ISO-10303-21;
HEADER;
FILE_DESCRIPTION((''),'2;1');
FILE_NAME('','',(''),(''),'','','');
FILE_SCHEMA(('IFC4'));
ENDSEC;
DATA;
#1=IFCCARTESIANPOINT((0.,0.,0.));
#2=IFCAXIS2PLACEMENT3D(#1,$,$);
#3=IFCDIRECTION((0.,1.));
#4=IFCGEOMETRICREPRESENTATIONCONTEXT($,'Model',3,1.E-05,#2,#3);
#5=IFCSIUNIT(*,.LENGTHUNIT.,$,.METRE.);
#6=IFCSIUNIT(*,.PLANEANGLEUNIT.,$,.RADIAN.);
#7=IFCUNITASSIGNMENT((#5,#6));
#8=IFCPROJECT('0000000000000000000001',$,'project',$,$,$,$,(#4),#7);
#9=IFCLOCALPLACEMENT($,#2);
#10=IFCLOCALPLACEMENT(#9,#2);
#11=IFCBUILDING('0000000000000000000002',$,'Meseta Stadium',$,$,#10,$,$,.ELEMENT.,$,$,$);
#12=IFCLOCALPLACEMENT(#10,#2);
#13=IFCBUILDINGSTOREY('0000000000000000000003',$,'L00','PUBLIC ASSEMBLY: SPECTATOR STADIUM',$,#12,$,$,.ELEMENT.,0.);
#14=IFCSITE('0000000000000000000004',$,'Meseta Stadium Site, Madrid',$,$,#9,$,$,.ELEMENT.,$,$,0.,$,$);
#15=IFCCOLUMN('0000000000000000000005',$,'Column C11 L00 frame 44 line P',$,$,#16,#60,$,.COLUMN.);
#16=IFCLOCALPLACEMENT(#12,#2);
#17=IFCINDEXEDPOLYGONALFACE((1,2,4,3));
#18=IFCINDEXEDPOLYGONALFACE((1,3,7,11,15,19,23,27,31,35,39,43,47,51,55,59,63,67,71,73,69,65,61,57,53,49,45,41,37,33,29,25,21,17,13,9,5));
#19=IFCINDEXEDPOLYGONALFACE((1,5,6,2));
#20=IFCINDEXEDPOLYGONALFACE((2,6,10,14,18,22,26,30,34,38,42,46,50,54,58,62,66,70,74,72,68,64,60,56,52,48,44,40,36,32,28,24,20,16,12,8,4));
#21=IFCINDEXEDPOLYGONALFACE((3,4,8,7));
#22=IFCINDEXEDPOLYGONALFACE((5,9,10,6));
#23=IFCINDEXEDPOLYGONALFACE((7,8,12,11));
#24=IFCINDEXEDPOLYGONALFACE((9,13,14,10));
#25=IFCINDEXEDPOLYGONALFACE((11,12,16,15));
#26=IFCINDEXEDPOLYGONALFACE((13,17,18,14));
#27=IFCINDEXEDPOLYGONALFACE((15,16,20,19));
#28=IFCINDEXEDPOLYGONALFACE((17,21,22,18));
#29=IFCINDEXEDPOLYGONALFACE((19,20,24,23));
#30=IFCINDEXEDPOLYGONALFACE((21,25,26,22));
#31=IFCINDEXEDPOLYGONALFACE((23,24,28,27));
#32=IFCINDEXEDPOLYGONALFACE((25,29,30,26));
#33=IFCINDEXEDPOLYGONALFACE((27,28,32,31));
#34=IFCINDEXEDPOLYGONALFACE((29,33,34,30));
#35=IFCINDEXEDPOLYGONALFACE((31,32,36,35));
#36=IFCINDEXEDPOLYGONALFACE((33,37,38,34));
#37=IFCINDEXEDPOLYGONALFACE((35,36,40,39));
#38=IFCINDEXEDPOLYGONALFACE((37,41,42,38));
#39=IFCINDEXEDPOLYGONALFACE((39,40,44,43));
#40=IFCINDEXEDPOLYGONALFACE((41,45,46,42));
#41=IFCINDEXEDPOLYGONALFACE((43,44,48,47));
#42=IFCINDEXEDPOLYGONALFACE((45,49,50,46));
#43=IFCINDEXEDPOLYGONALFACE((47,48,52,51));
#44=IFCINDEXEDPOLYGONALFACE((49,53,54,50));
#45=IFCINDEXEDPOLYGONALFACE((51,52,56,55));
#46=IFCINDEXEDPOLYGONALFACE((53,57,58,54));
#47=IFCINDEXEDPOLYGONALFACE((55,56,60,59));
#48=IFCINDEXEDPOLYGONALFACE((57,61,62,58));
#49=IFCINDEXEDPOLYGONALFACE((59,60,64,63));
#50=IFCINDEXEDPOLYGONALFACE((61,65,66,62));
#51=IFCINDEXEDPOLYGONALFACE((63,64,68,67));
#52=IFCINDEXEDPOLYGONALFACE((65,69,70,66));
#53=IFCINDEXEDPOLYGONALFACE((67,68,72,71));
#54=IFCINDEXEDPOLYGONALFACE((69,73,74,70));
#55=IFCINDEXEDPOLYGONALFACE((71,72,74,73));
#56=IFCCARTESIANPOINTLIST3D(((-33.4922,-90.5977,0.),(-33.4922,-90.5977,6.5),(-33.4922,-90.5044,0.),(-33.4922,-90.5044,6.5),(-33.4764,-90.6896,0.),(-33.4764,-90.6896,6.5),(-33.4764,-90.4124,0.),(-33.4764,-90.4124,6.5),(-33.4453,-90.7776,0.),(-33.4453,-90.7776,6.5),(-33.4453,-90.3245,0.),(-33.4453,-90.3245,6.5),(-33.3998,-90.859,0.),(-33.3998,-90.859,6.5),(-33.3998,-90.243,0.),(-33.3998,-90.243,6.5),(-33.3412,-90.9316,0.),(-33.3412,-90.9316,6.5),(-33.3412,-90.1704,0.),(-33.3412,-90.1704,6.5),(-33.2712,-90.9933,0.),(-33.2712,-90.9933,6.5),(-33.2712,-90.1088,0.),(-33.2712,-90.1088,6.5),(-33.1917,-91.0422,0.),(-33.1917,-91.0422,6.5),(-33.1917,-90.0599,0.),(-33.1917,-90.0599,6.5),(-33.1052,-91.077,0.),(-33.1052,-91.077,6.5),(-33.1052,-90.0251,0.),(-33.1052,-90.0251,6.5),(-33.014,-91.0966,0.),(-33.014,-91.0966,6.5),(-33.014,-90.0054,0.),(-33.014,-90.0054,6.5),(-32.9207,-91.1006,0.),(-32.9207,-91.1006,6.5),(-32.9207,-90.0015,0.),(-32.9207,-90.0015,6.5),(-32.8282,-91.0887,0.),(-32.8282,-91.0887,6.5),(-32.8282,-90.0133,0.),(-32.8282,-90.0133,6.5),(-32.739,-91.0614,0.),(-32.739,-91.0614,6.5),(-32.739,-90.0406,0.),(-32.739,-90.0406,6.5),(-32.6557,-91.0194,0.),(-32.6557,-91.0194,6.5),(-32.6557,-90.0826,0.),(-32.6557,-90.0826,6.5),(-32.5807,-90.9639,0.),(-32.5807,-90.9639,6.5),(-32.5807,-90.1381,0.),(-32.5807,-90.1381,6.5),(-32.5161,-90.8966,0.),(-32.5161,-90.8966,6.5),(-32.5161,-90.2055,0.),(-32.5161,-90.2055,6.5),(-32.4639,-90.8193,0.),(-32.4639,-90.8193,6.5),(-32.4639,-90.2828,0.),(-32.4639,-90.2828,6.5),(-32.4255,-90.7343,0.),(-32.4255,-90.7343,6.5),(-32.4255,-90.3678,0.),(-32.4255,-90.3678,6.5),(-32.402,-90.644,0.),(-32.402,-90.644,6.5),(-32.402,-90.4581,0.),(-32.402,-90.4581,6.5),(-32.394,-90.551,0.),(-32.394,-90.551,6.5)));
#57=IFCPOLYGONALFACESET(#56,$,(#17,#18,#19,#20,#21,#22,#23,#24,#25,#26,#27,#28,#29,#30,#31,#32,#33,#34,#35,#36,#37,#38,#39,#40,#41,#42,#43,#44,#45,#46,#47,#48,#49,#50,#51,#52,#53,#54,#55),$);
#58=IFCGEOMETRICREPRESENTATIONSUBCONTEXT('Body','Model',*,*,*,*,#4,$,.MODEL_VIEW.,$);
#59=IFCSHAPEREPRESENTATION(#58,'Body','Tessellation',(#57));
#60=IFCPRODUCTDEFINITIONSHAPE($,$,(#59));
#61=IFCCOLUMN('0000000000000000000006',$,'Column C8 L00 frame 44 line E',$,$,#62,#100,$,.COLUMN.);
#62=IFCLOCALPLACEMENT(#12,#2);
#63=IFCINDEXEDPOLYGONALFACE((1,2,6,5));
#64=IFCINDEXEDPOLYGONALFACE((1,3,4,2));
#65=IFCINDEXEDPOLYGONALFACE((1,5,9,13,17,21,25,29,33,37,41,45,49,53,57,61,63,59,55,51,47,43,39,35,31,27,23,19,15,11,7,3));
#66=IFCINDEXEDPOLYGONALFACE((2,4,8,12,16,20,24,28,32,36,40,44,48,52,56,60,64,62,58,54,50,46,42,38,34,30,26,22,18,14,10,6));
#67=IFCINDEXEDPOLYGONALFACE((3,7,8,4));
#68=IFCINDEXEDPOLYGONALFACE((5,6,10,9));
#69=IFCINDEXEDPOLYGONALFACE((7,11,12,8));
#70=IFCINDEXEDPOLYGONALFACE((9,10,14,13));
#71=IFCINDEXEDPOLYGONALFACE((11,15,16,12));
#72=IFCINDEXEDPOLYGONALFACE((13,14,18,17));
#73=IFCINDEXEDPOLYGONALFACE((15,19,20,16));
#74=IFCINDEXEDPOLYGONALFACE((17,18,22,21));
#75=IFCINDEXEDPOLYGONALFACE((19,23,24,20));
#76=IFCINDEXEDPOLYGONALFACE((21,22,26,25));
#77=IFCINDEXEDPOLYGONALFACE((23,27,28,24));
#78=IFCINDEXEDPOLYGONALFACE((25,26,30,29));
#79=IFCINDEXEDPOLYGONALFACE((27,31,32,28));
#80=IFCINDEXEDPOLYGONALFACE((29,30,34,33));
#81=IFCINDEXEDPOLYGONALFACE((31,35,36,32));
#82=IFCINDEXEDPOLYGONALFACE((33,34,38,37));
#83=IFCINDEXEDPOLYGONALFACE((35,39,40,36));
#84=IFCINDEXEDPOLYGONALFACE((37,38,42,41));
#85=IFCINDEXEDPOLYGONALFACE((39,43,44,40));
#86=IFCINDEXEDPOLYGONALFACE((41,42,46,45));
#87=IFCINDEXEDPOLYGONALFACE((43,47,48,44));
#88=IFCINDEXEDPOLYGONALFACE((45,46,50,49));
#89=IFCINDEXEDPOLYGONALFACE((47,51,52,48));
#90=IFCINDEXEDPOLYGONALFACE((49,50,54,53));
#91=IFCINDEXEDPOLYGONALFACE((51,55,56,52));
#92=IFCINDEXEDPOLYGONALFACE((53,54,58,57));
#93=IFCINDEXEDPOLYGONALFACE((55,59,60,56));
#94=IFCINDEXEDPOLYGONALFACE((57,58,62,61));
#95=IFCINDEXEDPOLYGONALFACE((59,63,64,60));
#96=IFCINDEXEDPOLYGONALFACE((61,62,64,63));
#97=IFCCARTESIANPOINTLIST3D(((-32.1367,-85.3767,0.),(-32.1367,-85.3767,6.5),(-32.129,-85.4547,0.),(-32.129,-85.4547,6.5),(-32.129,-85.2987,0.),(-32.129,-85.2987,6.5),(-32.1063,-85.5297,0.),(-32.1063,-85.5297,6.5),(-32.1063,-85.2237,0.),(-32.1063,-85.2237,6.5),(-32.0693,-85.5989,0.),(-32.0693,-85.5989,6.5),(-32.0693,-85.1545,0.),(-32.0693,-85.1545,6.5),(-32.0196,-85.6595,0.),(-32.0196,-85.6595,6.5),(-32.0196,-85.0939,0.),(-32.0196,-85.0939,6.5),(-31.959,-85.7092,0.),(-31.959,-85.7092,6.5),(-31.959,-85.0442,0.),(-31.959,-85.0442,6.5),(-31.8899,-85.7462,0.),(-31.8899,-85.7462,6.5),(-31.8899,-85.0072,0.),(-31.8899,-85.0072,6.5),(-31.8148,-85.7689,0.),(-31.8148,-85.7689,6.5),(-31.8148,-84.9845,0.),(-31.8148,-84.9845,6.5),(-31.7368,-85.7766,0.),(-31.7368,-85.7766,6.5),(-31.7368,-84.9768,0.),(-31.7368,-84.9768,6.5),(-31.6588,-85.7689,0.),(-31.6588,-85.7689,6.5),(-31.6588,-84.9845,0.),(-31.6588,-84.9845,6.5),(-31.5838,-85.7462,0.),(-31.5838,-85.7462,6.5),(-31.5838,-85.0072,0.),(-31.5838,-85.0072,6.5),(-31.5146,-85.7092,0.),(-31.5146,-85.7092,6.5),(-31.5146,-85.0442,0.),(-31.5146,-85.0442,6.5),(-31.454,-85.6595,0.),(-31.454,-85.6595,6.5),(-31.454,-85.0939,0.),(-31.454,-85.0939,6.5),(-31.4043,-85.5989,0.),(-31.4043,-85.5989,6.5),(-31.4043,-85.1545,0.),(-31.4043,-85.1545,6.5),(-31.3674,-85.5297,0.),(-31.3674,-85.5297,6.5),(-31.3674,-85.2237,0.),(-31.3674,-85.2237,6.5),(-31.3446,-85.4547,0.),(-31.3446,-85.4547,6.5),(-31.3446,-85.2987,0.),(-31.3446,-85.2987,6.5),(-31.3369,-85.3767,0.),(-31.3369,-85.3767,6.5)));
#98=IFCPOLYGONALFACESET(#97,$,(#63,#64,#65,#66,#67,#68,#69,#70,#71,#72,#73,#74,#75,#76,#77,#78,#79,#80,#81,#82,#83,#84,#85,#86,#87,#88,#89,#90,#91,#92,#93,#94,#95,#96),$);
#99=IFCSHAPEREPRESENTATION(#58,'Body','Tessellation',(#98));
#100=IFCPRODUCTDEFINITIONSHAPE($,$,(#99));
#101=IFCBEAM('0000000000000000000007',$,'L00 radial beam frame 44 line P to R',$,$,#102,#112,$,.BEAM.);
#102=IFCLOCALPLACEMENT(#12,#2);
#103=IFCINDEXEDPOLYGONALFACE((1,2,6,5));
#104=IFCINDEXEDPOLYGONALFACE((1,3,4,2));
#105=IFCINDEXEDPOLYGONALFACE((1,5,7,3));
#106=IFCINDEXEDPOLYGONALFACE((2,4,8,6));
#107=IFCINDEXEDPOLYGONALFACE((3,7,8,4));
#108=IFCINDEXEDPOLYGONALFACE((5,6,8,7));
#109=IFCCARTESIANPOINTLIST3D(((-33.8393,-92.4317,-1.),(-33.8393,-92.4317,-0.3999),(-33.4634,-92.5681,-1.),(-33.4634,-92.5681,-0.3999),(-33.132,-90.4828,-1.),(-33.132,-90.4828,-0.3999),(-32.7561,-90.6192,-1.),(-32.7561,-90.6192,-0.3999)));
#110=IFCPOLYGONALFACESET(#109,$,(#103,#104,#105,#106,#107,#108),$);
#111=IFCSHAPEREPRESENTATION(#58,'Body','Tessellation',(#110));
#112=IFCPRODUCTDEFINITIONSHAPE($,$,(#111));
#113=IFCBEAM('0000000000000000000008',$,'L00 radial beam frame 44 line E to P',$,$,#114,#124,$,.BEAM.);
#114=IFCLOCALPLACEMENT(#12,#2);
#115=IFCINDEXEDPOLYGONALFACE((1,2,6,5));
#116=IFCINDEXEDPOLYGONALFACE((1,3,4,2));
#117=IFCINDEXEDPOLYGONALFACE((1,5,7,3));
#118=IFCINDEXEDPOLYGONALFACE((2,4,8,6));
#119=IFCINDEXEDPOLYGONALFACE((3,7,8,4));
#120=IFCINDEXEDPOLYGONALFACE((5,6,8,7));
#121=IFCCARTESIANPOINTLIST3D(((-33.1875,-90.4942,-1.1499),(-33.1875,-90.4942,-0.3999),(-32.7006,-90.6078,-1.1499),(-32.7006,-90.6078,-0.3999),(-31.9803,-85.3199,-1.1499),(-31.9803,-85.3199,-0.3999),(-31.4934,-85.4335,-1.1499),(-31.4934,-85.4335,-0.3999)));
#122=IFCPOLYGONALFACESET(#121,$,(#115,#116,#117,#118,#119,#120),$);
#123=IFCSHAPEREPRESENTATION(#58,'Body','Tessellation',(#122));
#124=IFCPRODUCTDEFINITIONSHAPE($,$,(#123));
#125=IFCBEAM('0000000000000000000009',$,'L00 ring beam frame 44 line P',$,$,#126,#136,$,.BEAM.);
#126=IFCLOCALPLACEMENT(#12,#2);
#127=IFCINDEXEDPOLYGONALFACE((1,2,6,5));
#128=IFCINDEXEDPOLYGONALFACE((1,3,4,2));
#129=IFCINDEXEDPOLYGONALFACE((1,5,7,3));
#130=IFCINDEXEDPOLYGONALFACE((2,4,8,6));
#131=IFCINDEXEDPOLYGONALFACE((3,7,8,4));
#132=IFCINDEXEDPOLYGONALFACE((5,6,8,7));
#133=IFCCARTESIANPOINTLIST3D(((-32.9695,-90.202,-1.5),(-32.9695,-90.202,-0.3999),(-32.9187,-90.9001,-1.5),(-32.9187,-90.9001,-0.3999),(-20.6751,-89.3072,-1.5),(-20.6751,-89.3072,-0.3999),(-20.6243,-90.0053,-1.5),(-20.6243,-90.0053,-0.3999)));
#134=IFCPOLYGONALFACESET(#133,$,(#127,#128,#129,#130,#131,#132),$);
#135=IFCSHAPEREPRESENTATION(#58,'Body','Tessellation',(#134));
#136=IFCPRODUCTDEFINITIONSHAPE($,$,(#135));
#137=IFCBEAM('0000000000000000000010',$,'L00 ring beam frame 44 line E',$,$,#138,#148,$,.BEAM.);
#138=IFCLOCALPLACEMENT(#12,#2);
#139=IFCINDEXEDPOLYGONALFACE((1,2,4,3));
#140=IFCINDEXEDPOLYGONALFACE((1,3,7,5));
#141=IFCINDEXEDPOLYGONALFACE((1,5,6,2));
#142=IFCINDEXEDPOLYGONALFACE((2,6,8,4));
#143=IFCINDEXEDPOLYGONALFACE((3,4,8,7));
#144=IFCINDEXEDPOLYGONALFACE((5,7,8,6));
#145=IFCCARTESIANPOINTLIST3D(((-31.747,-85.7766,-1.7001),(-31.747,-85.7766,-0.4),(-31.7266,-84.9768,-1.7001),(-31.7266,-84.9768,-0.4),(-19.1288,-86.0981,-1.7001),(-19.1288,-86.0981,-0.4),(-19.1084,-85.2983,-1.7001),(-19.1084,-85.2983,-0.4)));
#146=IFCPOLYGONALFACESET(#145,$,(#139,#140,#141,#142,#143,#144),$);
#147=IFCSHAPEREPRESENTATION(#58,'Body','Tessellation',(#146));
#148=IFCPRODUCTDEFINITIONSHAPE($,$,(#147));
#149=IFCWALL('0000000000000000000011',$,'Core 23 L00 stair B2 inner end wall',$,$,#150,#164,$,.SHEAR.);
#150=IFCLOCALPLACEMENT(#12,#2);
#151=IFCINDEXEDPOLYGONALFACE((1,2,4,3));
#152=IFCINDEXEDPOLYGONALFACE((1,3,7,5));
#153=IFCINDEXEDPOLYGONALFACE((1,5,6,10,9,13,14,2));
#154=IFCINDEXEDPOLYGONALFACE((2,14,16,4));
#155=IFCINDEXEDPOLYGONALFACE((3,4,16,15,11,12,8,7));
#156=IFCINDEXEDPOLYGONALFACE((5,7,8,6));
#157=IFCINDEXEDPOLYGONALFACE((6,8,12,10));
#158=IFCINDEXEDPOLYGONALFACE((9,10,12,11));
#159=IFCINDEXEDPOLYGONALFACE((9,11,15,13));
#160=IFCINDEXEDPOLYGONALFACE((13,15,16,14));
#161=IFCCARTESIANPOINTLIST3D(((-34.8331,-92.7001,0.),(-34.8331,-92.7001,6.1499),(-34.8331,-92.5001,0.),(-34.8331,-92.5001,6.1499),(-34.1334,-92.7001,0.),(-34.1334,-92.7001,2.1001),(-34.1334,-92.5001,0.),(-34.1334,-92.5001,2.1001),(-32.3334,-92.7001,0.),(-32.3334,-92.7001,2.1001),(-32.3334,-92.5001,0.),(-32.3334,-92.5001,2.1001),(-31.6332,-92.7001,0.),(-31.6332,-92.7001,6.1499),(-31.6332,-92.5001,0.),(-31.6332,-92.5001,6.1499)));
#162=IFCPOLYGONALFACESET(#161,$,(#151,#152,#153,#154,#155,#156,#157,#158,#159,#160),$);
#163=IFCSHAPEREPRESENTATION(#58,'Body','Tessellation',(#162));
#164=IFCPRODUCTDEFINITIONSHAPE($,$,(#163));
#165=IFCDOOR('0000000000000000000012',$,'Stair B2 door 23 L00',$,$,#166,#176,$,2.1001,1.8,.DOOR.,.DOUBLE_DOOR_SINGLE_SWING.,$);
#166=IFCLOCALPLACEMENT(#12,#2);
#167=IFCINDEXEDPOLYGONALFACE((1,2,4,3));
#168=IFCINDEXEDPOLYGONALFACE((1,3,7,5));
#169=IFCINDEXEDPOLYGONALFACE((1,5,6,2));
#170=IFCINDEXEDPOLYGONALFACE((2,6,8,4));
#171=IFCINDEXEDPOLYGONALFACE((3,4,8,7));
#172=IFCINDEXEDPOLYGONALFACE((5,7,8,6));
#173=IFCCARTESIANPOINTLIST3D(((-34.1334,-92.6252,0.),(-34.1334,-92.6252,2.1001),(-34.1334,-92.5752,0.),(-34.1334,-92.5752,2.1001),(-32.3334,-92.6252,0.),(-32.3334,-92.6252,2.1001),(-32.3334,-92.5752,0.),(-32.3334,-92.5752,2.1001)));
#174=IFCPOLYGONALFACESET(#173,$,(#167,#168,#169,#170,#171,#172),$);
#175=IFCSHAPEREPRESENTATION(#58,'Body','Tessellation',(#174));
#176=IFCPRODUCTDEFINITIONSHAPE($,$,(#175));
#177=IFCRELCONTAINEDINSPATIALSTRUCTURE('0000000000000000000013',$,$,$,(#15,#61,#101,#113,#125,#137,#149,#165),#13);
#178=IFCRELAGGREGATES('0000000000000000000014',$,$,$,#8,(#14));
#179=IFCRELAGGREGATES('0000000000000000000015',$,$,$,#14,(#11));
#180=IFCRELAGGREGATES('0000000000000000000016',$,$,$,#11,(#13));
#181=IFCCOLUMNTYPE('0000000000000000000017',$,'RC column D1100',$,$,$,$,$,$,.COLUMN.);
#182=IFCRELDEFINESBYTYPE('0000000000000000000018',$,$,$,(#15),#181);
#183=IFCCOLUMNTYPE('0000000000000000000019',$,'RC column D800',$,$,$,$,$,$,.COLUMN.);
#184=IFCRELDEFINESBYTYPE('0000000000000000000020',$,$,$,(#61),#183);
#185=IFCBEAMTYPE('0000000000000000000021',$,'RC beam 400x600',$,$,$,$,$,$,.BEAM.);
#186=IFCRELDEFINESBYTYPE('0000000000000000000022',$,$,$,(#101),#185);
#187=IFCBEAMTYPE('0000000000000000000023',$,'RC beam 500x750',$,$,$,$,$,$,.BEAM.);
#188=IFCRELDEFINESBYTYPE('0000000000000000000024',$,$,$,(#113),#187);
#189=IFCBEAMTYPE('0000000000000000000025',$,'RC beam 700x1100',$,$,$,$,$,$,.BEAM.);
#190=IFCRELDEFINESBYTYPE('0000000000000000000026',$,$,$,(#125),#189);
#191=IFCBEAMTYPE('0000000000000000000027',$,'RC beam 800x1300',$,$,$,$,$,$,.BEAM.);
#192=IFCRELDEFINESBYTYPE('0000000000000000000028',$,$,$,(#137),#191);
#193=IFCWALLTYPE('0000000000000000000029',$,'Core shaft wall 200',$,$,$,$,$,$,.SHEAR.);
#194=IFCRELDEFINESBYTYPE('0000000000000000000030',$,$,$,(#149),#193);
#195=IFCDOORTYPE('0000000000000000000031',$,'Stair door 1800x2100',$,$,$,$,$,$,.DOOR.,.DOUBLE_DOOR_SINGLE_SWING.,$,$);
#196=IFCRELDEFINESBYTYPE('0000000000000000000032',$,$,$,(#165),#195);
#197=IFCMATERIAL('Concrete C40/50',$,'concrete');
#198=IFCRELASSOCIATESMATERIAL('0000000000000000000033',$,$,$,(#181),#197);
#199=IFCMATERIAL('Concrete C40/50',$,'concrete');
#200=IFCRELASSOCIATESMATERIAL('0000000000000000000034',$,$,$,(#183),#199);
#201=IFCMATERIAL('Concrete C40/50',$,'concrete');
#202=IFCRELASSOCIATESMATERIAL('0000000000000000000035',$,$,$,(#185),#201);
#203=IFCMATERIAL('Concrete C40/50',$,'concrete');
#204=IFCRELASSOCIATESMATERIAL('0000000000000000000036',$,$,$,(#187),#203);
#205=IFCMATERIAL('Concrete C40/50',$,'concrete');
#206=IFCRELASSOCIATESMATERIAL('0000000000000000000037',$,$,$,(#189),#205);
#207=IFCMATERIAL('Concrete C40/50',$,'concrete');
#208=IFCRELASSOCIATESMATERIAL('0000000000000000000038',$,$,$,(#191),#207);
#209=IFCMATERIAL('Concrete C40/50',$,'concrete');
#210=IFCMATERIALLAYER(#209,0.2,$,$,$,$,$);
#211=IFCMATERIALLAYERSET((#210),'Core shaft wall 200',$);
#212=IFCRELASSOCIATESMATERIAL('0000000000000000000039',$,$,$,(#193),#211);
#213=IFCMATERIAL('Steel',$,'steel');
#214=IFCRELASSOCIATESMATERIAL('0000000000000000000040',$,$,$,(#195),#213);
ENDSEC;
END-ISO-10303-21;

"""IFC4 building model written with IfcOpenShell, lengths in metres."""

from ifc_helpers import new_model, si_unit, direction, frame, frame_2d, origin, origin_2d, place, context, subcontext, project, spatial, rectangle, circle, extrude, material, layer, layer_set, material_profile, profile_set, type_object, element, fill, save


model = new_model("IFC4")

# Units and contexts
model_context = context("Model", 3, precision=1e-05, world=origin(), true_north=direction((0.0, 1.0)))
body_context = subcontext(model_context, "Body", "Model", "MODEL_VIEW")
ifc_project = project(units=[si_unit("LENGTHUNIT", "METRE"), si_unit("PLANEANGLEUNIT", "RADIAN")], contexts=[model_context])

# Site, building, storey
site_placement = place(None, origin())
site = spatial("IfcSite", under=ifc_project, at=site_placement, Name="Meseta Stadium Site, Madrid", CompositionType="ELEMENT", RefElevation=0.0)
building_placement = place(site_placement, origin())
building = spatial("IfcBuilding", under=site, at=building_placement, Name="Meseta Stadium", CompositionType="ELEMENT")
storey_placement = place(building_placement, origin())
storey = spatial("IfcBuildingStorey", under=building, at=storey_placement, Name="L00", Description="PUBLIC ASSEMBLY: SPECTATOR STADIUM", CompositionType="ELEMENT", Elevation=0.0)

# Columns
ifc_material_1 = material(Name="Concrete C40/50", Category="concrete")
ifc_material_profile_1 = material_profile(ifc_material_1, circle(Radius=0.55, at=origin_2d()), Name="RC D1100")
ifc_profile_set_1 = profile_set([ifc_material_profile_1], Name="Concrete C40/50")
column_type_1 = type_object("IfcColumnType", Name="RC column D1100", PredefinedType="COLUMN", material=ifc_profile_set_1)
column_1_placement = place(storey_placement, frame((-32.9441, -90.551, 0.0), z_axis=(0.0, 0.0, 1.0), x_axis=(1.0, 0.0, 0.0)))
element("IfcColumn", 1, at=column_1_placement, inside=storey, type_object=column_type_1, Name="Column C11 L00 frame 44 line P", PredefinedType="COLUMN", context=body_context, shape_type="SweptSolid", body=[
    extrude(circle(Radius=0.55, at=origin_2d()), origin(), (0.0, 0.0, 1.0), 6.5),
])
ifc_material_2 = material(Name="Concrete C40/50", Category="concrete")
ifc_material_profile_2 = material_profile(ifc_material_2, circle(Radius=0.3999, at=origin_2d()), Name="RC D800")
ifc_profile_set_2 = profile_set([ifc_material_profile_2], Name="Concrete C40/50")
column_type_2 = type_object("IfcColumnType", Name="RC column D800", PredefinedType="COLUMN", material=ifc_profile_set_2)
column_2_placement = place(storey_placement, frame((-31.7368, -85.3767, 0.0), z_axis=(0.0, 0.0, 1.0), x_axis=(1.0, 0.0, 0.0)))
element("IfcColumn", 2, at=column_2_placement, inside=storey, type_object=column_type_2, Name="Column C8 L00 frame 44 line E", PredefinedType="COLUMN", context=body_context, shape_type="SweptSolid", body=[
    extrude(circle(Radius=0.3999, at=origin_2d()), origin(), (0.0, 0.0, 1.0), 6.5),
])

# Beams
ifc_material_3 = material(Name="Concrete C40/50", Category="concrete")
ifc_material_profile_3 = material_profile(ifc_material_3, rectangle(XDim=0.3999, YDim=0.6001, at=origin_2d()), Name="RC 400x600")
ifc_profile_set_3 = profile_set([ifc_material_profile_3], Name="Concrete C40/50")
beam_type_1 = type_object("IfcBeamType", Name="RC beam 400x600", PredefinedType="BEAM", material=ifc_profile_set_3)
beam_1_placement = place(storey_placement, frame((-32.9441, -90.551, -0.7), z_axis=(-0.341128, -0.940017, 0.0), x_axis=(0.940017, -0.341128, 0.0)))
element("IfcBeam", 3, at=beam_1_placement, inside=storey, type_object=beam_type_1, Name="L00 radial beam frame 44 line P to R", PredefinedType="BEAM", context=body_context, shape_type="SweptSolid", body=[
    extrude(rectangle(XDim=0.3999, YDim=0.6001, at=origin_2d()), origin(), (0.0, 0.0, 1.0), 2.0732),
])
ifc_material_4 = material(Name="Concrete C40/50", Category="concrete")
ifc_material_profile_4 = material_profile(ifc_material_4, rectangle(XDim=0.5, YDim=0.75, at=origin_2d()), Name="RC 500x750")
ifc_profile_set_4 = profile_set([ifc_material_profile_4], Name="Concrete C40/50")
beam_type_2 = type_object("IfcBeamType", Name="RC beam 500x750", PredefinedType="BEAM", material=ifc_profile_set_4)
beam_2_placement = place(storey_placement, frame((-31.7368, -85.3767, -0.7749), z_axis=(-0.227218, -0.973844, 0.0), x_axis=(0.973844, -0.227218, 0.0)))
element("IfcBeam", 4, at=beam_2_placement, inside=storey, type_object=beam_type_2, Name="L00 radial beam frame 44 line E to P", PredefinedType="BEAM", context=body_context, shape_type="SweptSolid", body=[
    extrude(rectangle(XDim=0.5, YDim=0.75, at=origin_2d()), origin(), (0.0, 0.0, 1.0), 5.3132),
])
ifc_material_5 = material(Name="Concrete C40/50", Category="concrete")
ifc_material_profile_5 = material_profile(ifc_material_5, rectangle(XDim=0.7, YDim=1.1001, at=origin_2d()), Name="RC 700x1100")
ifc_profile_set_5 = profile_set([ifc_material_profile_5], Name="Concrete C40/50")
beam_type_3 = type_object("IfcBeamType", Name="RC beam 700x1100", PredefinedType="BEAM", material=ifc_profile_set_5)
beam_3_placement = place(storey_placement, frame((-32.9441, -90.551, -0.95), z_axis=(0.997362, 0.072587, 0.0), x_axis=(-0.072587, 0.997362, 0.0)))
element("IfcBeam", 5, at=beam_3_placement, inside=storey, type_object=beam_type_3, Name="L00 ring beam frame 44 line P", PredefinedType="BEAM", context=body_context, shape_type="SweptSolid", body=[
    extrude(rectangle(XDim=0.7, YDim=1.1001, at=origin_2d()), origin(), (0.0, 0.0, 1.0), 12.3269),
])
ifc_material_6 = material(Name="Concrete C40/50", Category="concrete")
ifc_material_profile_6 = material_profile(ifc_material_6, rectangle(XDim=0.8, YDim=1.3, at=origin_2d()), Name="RC 800x1300")
ifc_profile_set_6 = profile_set([ifc_material_profile_6], Name="Concrete C40/50")
beam_type_4 = type_object("IfcBeamType", Name="RC beam 800x1300", PredefinedType="BEAM", material=ifc_profile_set_6)
beam_4_placement = place(storey_placement, frame((-31.7368, -85.3767, -1.05), z_axis=(0.999675, -0.025474, 0.0), x_axis=(0.025474, 0.999675, 0.0)))
element("IfcBeam", 6, at=beam_4_placement, inside=storey, type_object=beam_type_4, Name="L00 ring beam frame 44 line E", PredefinedType="BEAM", context=body_context, shape_type="SweptSolid", body=[
    extrude(rectangle(XDim=0.8, YDim=1.3, at=origin_2d()), origin(), (0.0, 0.0, 1.0), 12.6223),
])

# Wall, opening, door
ifc_material_7 = material(Name="Concrete C40/50", Category="concrete")
ifc_layer_1 = layer(ifc_material_7, 0.2)
ifc_layer_set_1 = layer_set([ifc_layer_1], Name="Core shaft wall 200")
wall_type_1 = type_object("IfcWallType", Name="Core shaft wall 200", PredefinedType="SHEAR", material=ifc_layer_set_1)
wall_1_placement = place(storey_placement, frame((-34.8333, -92.6001, 0.0), z_axis=(0.0, 0.0, 1.0), x_axis=(1.0, 0.0, 0.0)))
wall_1 = element("IfcWall", 7, at=wall_1_placement, inside=storey, type_object=wall_type_1, Name="Core 23 L00 stair B2 inner end wall", PredefinedType="SHEAR", context=body_context, shape_type="SweptSolid", body=[
    extrude(rectangle(XDim=3.2, YDim=0.2, at=frame_2d((1.6001, 0.0))), origin(), (0.0, 0.0, 1.0), 6.1499),
])
opening_1_placement = place(wall_1_placement, frame((0.7, 0.0, 0.0)))
opening_1 = element("IfcOpeningElement", 8, at=opening_1_placement, cuts=wall_1, PredefinedType="OPENING", context=body_context, shape_type="SweptSolid", body=[
    extrude(rectangle(XDim=1.8, YDim=2.1001, at=frame_2d((0.8999, 1.05))), frame((0.0, 0.1099, 0.0), z_axis=(0.0, -1.0, 0.0), x_axis=(1.0, 0.0, 0.0)), (0.0, 0.0, 1.0), 0.22),
])
ifc_material_8 = material(Name="Steel", Category="steel")
door_type_1 = type_object("IfcDoorType", Name="Stair door 1800x2100", OperationType="DOUBLE_DOOR_SINGLE_SWING", PredefinedType="DOOR", material=ifc_material_8)
door_1_placement = place(opening_1_placement, origin())
door_1 = element("IfcDoor", 9, at=door_1_placement, inside=storey, type_object=door_type_1, Name="Stair B2 door 23 L00", OperationType="DOUBLE_DOOR_SINGLE_SWING", OverallHeight=2.1001, OverallWidth=1.8, PredefinedType="DOOR", context=body_context, shape_type="SweptSolid", body=[
    extrude(rectangle(XDim=1.8, YDim=2.1001, at=frame_2d((0.8999, 1.05))), frame((0.0, 0.0249, 0.0), z_axis=(0.0, -1.0, 0.0), x_axis=(1.0, 0.0, 0.0)), (0.0, 0.0, 1.0), 0.05),
])
fill(opening_1, door_1)

save(model, "model.ifc")
